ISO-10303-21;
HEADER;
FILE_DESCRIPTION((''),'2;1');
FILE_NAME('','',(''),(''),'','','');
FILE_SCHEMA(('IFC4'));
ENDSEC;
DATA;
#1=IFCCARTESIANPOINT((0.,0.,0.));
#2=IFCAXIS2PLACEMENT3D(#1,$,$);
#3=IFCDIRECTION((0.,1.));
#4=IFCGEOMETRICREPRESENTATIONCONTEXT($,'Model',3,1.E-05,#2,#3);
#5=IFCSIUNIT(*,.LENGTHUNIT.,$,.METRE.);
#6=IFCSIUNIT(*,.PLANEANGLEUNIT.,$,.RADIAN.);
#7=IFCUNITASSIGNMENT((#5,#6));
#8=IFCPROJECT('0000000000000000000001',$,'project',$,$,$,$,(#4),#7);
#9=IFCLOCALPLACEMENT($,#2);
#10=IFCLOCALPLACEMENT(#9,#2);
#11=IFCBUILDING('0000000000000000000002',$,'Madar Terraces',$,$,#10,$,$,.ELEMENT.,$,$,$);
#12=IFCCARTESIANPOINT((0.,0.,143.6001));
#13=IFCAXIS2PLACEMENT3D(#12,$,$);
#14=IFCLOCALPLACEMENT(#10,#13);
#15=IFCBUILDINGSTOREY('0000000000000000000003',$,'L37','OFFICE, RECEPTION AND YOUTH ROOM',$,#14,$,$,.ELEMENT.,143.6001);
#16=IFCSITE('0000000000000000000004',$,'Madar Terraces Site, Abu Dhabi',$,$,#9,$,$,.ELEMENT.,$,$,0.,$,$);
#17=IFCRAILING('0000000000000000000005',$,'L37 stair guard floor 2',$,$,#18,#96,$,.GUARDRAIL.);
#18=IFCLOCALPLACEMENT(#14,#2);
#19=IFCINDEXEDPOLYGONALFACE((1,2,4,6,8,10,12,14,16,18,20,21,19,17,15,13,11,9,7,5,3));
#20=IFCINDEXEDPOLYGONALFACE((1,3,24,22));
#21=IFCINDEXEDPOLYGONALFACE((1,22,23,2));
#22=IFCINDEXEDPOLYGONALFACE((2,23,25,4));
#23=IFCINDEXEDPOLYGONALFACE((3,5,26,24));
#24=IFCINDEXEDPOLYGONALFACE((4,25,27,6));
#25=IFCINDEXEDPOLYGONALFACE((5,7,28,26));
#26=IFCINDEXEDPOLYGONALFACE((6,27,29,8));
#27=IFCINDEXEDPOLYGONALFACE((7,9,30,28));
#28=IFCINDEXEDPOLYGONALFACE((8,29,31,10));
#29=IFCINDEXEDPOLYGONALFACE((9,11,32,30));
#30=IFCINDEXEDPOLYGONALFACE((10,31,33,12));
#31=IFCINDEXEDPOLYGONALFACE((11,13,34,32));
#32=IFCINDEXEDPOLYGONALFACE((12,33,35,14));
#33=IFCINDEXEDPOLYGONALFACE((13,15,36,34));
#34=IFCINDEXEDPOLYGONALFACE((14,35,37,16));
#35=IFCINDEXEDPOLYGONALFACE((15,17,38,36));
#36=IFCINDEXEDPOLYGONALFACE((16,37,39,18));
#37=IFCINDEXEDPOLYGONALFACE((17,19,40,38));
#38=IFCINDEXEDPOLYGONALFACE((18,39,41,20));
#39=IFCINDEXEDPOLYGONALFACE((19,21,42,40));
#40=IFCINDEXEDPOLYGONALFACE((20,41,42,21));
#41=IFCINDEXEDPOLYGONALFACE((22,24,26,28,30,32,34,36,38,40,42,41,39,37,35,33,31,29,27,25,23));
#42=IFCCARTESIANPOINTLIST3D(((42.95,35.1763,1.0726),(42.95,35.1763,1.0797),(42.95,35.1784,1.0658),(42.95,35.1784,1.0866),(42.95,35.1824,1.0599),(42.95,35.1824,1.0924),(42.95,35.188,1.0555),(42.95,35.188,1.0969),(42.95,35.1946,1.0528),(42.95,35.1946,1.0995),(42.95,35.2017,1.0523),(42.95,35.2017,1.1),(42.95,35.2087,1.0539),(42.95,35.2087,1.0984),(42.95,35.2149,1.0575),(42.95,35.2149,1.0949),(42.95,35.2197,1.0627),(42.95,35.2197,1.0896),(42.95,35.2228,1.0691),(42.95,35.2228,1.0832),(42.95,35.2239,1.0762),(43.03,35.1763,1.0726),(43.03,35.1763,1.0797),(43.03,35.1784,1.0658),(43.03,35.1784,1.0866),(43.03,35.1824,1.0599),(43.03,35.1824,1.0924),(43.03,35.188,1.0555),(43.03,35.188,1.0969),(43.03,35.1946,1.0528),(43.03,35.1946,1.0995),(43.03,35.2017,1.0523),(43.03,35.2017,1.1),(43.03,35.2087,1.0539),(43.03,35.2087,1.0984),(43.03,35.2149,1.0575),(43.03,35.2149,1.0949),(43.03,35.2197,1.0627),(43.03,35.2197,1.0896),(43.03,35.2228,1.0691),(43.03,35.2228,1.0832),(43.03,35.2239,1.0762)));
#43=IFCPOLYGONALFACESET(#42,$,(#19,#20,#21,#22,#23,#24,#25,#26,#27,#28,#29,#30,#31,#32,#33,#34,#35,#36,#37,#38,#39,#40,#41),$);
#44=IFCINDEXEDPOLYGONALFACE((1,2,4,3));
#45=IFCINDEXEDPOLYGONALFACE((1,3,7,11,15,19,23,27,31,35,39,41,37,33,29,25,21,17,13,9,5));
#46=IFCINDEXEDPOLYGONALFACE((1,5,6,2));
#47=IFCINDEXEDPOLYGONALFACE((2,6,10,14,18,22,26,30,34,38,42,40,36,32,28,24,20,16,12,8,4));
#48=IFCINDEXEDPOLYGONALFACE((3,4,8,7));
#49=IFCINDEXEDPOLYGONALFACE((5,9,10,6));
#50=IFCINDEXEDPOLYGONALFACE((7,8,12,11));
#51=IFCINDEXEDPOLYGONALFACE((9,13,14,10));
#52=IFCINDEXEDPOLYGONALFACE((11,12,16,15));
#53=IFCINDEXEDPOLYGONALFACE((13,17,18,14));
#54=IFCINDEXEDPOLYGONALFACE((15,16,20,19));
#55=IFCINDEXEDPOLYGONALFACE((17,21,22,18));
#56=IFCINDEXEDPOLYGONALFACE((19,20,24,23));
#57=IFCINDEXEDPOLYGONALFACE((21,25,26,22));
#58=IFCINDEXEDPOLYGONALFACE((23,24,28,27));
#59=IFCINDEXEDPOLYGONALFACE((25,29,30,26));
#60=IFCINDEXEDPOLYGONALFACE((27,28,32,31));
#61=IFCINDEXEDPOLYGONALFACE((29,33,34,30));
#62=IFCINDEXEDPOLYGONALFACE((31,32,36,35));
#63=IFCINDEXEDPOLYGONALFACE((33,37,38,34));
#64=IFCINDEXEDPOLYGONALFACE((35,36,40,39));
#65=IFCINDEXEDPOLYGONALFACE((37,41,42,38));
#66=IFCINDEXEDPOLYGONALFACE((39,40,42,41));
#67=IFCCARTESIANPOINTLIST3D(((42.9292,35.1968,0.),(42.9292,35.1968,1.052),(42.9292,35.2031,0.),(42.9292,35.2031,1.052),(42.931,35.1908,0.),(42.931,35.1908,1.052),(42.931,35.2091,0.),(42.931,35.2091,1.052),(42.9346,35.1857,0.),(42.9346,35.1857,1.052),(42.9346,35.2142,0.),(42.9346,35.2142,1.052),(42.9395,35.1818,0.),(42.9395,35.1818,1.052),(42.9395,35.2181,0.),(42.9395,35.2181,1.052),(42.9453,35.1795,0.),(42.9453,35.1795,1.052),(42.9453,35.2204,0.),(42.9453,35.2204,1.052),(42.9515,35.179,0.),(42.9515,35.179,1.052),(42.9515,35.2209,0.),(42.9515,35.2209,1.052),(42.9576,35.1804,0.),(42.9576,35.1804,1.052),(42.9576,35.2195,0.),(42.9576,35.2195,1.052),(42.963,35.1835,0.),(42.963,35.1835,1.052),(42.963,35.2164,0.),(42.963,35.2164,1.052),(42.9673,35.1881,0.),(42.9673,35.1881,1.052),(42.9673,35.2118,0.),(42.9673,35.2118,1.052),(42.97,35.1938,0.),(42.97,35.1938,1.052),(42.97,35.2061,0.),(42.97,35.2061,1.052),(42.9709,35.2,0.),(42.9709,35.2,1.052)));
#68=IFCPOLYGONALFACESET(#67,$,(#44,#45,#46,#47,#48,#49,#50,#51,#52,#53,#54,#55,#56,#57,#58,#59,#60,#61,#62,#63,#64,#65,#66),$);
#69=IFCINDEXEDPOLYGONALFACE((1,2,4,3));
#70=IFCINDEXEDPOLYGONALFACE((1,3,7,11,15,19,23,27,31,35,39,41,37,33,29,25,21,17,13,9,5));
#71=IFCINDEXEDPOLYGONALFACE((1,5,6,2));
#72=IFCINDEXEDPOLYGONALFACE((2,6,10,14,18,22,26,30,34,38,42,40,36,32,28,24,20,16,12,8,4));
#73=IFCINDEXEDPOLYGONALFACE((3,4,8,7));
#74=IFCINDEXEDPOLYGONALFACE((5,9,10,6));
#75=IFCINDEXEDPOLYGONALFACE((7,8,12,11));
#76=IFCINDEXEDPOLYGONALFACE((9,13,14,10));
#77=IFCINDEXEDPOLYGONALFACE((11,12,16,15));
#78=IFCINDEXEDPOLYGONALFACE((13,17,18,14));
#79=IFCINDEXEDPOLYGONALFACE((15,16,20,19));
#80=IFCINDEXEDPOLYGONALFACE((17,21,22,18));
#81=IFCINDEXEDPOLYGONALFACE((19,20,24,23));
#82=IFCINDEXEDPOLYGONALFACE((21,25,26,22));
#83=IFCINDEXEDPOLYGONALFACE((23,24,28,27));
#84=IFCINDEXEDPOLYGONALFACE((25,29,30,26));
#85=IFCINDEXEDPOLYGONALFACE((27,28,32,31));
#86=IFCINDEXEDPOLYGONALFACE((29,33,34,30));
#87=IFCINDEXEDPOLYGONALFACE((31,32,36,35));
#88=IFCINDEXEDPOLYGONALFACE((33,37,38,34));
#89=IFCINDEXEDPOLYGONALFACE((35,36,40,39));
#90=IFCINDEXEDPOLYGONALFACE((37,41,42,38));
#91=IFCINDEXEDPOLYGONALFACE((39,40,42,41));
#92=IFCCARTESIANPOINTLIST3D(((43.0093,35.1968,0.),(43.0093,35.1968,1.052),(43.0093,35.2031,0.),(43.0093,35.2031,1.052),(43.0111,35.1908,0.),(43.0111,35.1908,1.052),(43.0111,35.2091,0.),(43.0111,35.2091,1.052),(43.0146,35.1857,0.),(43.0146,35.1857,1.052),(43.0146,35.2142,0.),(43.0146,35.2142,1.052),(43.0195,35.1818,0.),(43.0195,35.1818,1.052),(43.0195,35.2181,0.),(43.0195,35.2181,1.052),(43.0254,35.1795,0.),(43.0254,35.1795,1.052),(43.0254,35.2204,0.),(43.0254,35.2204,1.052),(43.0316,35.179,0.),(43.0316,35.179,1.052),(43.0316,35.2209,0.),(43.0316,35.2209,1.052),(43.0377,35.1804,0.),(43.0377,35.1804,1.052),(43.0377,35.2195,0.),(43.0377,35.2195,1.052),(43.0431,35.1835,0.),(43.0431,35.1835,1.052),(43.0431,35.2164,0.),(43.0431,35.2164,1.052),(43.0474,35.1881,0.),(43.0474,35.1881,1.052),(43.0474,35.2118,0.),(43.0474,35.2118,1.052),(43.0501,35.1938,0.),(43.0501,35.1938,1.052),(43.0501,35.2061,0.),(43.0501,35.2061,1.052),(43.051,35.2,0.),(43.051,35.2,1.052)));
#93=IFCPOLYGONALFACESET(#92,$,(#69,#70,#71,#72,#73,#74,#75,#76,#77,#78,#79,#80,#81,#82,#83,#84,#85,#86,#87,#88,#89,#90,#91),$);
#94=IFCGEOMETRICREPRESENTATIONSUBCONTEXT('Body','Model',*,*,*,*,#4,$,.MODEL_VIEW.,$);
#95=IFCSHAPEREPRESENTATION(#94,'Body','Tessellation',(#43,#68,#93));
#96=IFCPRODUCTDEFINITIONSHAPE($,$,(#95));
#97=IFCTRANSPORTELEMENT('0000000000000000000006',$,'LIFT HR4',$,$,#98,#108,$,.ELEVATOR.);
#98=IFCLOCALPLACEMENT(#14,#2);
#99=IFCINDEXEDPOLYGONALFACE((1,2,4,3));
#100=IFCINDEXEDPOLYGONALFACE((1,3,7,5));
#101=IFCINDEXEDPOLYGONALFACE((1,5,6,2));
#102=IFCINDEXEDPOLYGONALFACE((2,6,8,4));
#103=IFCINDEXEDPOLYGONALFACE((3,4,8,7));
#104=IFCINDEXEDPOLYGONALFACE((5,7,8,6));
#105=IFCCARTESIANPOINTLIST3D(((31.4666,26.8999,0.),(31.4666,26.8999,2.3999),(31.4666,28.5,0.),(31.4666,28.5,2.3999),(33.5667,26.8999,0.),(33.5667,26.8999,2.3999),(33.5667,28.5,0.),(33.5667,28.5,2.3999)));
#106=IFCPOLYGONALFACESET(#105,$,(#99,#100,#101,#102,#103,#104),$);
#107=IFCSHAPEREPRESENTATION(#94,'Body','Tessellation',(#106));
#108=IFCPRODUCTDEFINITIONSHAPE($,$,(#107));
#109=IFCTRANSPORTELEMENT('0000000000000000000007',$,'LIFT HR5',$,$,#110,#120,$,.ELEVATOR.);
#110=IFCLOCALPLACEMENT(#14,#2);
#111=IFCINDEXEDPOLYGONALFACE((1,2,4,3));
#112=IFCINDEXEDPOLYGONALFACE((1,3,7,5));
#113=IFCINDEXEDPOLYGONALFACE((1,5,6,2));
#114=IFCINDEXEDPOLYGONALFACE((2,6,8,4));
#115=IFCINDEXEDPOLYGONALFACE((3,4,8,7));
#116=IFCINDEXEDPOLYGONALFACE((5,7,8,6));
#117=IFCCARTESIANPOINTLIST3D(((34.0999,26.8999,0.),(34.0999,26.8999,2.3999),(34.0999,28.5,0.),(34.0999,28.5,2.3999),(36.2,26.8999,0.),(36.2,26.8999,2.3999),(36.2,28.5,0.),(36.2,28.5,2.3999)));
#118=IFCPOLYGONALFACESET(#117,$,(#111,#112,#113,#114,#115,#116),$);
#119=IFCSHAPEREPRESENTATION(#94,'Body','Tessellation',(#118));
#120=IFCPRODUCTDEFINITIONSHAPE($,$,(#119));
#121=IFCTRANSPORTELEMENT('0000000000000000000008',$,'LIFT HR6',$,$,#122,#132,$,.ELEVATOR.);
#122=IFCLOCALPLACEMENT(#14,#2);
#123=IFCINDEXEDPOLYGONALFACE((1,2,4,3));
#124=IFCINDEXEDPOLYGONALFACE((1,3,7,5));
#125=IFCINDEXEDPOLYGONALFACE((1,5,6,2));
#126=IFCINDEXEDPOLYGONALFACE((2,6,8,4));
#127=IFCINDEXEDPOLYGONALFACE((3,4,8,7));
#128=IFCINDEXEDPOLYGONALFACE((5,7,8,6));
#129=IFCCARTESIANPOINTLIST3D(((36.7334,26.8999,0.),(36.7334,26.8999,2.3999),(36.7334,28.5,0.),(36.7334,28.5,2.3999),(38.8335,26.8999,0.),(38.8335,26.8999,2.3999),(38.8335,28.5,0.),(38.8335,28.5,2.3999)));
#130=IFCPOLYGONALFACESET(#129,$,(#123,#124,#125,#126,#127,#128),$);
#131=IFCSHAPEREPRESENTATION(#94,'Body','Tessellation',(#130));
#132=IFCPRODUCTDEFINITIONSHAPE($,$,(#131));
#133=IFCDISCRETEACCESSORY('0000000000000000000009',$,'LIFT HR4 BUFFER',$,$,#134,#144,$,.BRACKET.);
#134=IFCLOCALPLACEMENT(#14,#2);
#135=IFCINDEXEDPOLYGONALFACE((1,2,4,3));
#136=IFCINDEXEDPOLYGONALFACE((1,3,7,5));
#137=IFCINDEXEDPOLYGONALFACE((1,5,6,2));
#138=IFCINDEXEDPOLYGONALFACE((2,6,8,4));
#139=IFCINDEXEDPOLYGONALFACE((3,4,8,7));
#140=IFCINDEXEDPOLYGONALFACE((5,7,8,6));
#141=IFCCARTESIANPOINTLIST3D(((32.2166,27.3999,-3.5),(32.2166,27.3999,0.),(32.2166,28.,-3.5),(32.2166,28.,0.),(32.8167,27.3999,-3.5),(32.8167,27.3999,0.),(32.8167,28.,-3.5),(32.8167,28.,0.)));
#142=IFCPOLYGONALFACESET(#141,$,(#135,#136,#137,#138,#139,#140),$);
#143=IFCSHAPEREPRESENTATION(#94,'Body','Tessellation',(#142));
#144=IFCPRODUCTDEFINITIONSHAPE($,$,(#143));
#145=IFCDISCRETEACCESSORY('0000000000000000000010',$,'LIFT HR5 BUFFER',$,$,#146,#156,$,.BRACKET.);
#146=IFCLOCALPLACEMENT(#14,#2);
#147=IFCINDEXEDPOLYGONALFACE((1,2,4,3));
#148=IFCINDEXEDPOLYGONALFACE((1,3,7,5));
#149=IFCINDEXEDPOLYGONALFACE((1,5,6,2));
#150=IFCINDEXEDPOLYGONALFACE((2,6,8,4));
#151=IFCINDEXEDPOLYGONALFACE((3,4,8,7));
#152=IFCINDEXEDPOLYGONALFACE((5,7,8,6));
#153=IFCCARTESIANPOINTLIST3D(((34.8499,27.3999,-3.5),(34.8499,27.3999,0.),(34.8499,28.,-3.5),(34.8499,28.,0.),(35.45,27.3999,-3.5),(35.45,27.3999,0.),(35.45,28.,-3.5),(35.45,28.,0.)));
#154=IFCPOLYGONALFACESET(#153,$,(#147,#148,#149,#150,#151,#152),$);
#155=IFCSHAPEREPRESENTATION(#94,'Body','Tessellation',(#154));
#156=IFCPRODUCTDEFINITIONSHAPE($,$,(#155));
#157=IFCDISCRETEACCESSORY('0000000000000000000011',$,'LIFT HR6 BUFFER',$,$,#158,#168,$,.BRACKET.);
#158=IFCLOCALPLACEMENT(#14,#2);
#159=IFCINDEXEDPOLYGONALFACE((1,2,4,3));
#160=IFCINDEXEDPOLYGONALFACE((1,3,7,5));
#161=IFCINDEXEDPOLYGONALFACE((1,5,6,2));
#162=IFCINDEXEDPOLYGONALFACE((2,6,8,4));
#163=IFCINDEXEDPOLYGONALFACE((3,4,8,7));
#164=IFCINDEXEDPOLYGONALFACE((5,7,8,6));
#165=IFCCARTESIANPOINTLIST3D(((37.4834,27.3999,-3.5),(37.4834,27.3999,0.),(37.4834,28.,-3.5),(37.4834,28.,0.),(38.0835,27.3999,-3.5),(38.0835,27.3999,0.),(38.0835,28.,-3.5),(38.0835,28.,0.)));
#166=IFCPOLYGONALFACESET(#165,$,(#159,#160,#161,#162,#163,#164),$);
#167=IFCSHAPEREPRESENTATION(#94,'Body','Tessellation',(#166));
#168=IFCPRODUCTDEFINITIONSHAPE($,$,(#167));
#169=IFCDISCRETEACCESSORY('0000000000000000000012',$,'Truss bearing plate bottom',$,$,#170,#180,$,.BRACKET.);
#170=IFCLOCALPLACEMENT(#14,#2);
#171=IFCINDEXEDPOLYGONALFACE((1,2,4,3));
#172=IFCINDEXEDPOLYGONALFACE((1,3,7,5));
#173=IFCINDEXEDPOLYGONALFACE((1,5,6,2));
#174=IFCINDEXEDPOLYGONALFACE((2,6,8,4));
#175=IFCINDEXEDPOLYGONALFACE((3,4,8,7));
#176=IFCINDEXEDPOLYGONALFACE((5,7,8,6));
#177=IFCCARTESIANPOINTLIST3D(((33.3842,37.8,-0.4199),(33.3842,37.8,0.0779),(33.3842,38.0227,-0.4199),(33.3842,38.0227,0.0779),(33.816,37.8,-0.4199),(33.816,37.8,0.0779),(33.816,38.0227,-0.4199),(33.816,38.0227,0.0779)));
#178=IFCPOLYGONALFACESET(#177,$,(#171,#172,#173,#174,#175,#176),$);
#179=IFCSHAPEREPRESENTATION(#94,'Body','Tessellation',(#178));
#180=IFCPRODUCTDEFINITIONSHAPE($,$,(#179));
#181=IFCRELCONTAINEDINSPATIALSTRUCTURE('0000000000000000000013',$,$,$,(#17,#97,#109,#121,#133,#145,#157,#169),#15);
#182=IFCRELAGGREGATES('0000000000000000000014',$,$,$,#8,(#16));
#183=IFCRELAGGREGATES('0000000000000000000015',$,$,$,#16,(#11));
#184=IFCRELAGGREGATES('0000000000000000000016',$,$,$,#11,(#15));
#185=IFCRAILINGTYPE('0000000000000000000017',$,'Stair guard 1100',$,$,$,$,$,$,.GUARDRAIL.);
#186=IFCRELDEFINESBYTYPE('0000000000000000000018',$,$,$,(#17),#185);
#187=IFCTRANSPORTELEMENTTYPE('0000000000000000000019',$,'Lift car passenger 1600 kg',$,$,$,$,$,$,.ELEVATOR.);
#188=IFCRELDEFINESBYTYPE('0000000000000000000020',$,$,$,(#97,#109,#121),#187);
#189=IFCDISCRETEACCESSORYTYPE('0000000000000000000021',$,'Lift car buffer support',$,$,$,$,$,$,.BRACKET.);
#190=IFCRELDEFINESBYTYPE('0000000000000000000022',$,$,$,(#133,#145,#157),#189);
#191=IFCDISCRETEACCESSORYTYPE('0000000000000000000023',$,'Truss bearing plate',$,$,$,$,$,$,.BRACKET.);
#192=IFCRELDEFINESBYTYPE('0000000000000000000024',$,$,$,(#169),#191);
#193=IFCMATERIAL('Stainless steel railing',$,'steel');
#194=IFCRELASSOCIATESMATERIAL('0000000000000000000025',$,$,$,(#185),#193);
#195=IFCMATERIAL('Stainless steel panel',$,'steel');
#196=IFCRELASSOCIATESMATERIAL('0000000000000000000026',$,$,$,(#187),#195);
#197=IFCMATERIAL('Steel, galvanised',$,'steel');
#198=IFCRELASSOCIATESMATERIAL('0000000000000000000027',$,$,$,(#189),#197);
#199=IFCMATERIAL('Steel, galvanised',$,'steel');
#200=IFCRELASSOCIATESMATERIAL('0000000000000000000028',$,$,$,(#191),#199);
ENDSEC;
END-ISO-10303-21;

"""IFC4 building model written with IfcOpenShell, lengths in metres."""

from ifc_helpers import new_model, si_unit, direction, frame, origin, origin_2d, place, context, subcontext, project, spatial, rectangle, circle, extrude, material, type_object, element, save


model = new_model("IFC4")

# Units and contexts
model_context = context("Model", 3, precision=1e-05, world=origin(), true_north=direction((0.0, 1.0)))
body_context = subcontext(model_context, "Body", "Model", "MODEL_VIEW")
ifc_project = project(units=[si_unit("LENGTHUNIT", "METRE"), si_unit("PLANEANGLEUNIT", "RADIAN")], contexts=[model_context])

# Site, building, storey
site_placement = place(None, origin())
site = spatial("IfcSite", under=ifc_project, at=site_placement, Name="Madar Terraces Site, Abu Dhabi", CompositionType="ELEMENT", RefElevation=0.0)
building_placement = place(site_placement, origin())
building = spatial("IfcBuilding", under=site, at=building_placement, Name="Madar Terraces", CompositionType="ELEMENT")
storey_placement = place(building_placement, frame((0.0, 0.0, 143.6001)))
storey = spatial("IfcBuildingStorey", under=building, at=storey_placement, Name="L37", Description="OFFICE, RECEPTION AND YOUTH ROOM", CompositionType="ELEMENT", Elevation=143.6001)

# Railing
ifc_material_1 = material(Name="Stainless steel railing", Category="steel")
railing_type_1 = type_object("IfcRailingType", Name="Stair guard 1100", PredefinedType="GUARDRAIL", material=ifc_material_1)
railing_1_placement = place(storey_placement, frame((42.95, 35.2, 0.0)))
element("IfcRailing", 1, at=railing_1_placement, inside=storey, type_object=railing_type_1, Name="L37 stair guard floor 2", PredefinedType="GUARDRAIL", context=body_context, shape_type="SweptSolid", body=[
    extrude(circle(Radius=0.0239, at=origin_2d()), frame((0.0, 0.0, 1.0762), z_axis=(1.0, 0.0, 0.0), x_axis=(0.0, 1.0, 0.0)), (0.0, 0.0, 1.0), 0.0801),
    extrude(circle(Radius=0.021, at=origin_2d()), origin(), (0.0, 0.0, 1.0), 1.052),
    extrude(circle(Radius=0.021, at=origin_2d()), frame((0.0801, 0.0, 0.0)), (0.0, 0.0, 1.0), 1.052),
])

# Transport elements
ifc_material_2 = material(Name="Stainless steel panel", Category="steel")
transport_element_type = type_object("IfcTransportElementType", Name="Lift car passenger 1600 kg", PredefinedType="ELEVATOR", material=ifc_material_2)
for number, where, z_axis, x_axis, name in (
    (2, (32.5166, 27.7, 0.0), (0.0, 0.0, 1.0), (1.0, 0.0, 0.0), "LIFT HR4"),
    (3, (35.1499, 27.7, 0.0), (0.0, 0.0, 1.0), (1.0, 0.0, 0.0), "LIFT HR5"),
    (4, (37.7834, 27.7, 0.0), (0.0, 0.0, 1.0), (1.0, 0.0, 0.0), "LIFT HR6"),
):
    element("IfcTransportElement", number, at=place(storey_placement, frame(where, z_axis=z_axis, x_axis=x_axis)), inside=storey, type_object=transport_element_type, Name=name, PredefinedType="ELEVATOR", context=body_context, shape_type="SweptSolid", body=[
        extrude(rectangle(XDim=2.1001, YDim=1.6001, at=origin_2d()), origin(), (0.0, 0.0, 1.0), 2.3999),
    ])

# Discrete accessories
ifc_material_3 = material(Name="Steel, galvanised", Category="steel")
discrete_accessory_type_1 = type_object("IfcDiscreteAccessoryType", Name="Lift car buffer support", PredefinedType="BRACKET", material=ifc_material_3)
for number, where, z_axis, x_axis, name in (
    (5, (32.5166, 27.7, -3.5), (0.0, 0.0, 1.0), (1.0, 0.0, 0.0), "LIFT HR4 BUFFER"),
    (6, (35.1499, 27.7, -3.5), (0.0, 0.0, 1.0), (1.0, 0.0, 0.0), "LIFT HR5 BUFFER"),
    (7, (37.7834, 27.7, -3.5), (0.0, 0.0, 1.0), (1.0, 0.0, 0.0), "LIFT HR6 BUFFER"),
):
    element("IfcDiscreteAccessory", number, at=place(storey_placement, frame(where, z_axis=z_axis, x_axis=x_axis)), inside=storey, type_object=discrete_accessory_type_1, Name=name, PredefinedType="BRACKET", context=body_context, shape_type="SweptSolid", body=[
        extrude(rectangle(XDim=0.6001, YDim=0.6001, at=origin_2d()), origin(), (0.0, 0.0, 1.0), 3.5),
    ])
ifc_material_4 = material(Name="Steel, galvanised", Category="steel")
discrete_accessory_type_2 = type_object("IfcDiscreteAccessoryType", Name="Truss bearing plate", PredefinedType="BRACKET", material=ifc_material_4)
discrete_accessory_placement = place(storey_placement, frame((33.6001, 37.9114, -0.4199), z_axis=(0.0, 0.0, 1.0), x_axis=(1.0, 0.0, 0.0)))
element("IfcDiscreteAccessory", 8, at=discrete_accessory_placement, inside=storey, type_object=discrete_accessory_type_2, Name="Truss bearing plate bottom", PredefinedType="BRACKET", context=body_context, shape_type="SweptSolid", body=[
    extrude(rectangle(XDim=0.4319, YDim=0.2227, at=origin_2d()), origin(), (0.0, 0.0, 1.0), 0.4978),
])

save(model, "model.ifc")
